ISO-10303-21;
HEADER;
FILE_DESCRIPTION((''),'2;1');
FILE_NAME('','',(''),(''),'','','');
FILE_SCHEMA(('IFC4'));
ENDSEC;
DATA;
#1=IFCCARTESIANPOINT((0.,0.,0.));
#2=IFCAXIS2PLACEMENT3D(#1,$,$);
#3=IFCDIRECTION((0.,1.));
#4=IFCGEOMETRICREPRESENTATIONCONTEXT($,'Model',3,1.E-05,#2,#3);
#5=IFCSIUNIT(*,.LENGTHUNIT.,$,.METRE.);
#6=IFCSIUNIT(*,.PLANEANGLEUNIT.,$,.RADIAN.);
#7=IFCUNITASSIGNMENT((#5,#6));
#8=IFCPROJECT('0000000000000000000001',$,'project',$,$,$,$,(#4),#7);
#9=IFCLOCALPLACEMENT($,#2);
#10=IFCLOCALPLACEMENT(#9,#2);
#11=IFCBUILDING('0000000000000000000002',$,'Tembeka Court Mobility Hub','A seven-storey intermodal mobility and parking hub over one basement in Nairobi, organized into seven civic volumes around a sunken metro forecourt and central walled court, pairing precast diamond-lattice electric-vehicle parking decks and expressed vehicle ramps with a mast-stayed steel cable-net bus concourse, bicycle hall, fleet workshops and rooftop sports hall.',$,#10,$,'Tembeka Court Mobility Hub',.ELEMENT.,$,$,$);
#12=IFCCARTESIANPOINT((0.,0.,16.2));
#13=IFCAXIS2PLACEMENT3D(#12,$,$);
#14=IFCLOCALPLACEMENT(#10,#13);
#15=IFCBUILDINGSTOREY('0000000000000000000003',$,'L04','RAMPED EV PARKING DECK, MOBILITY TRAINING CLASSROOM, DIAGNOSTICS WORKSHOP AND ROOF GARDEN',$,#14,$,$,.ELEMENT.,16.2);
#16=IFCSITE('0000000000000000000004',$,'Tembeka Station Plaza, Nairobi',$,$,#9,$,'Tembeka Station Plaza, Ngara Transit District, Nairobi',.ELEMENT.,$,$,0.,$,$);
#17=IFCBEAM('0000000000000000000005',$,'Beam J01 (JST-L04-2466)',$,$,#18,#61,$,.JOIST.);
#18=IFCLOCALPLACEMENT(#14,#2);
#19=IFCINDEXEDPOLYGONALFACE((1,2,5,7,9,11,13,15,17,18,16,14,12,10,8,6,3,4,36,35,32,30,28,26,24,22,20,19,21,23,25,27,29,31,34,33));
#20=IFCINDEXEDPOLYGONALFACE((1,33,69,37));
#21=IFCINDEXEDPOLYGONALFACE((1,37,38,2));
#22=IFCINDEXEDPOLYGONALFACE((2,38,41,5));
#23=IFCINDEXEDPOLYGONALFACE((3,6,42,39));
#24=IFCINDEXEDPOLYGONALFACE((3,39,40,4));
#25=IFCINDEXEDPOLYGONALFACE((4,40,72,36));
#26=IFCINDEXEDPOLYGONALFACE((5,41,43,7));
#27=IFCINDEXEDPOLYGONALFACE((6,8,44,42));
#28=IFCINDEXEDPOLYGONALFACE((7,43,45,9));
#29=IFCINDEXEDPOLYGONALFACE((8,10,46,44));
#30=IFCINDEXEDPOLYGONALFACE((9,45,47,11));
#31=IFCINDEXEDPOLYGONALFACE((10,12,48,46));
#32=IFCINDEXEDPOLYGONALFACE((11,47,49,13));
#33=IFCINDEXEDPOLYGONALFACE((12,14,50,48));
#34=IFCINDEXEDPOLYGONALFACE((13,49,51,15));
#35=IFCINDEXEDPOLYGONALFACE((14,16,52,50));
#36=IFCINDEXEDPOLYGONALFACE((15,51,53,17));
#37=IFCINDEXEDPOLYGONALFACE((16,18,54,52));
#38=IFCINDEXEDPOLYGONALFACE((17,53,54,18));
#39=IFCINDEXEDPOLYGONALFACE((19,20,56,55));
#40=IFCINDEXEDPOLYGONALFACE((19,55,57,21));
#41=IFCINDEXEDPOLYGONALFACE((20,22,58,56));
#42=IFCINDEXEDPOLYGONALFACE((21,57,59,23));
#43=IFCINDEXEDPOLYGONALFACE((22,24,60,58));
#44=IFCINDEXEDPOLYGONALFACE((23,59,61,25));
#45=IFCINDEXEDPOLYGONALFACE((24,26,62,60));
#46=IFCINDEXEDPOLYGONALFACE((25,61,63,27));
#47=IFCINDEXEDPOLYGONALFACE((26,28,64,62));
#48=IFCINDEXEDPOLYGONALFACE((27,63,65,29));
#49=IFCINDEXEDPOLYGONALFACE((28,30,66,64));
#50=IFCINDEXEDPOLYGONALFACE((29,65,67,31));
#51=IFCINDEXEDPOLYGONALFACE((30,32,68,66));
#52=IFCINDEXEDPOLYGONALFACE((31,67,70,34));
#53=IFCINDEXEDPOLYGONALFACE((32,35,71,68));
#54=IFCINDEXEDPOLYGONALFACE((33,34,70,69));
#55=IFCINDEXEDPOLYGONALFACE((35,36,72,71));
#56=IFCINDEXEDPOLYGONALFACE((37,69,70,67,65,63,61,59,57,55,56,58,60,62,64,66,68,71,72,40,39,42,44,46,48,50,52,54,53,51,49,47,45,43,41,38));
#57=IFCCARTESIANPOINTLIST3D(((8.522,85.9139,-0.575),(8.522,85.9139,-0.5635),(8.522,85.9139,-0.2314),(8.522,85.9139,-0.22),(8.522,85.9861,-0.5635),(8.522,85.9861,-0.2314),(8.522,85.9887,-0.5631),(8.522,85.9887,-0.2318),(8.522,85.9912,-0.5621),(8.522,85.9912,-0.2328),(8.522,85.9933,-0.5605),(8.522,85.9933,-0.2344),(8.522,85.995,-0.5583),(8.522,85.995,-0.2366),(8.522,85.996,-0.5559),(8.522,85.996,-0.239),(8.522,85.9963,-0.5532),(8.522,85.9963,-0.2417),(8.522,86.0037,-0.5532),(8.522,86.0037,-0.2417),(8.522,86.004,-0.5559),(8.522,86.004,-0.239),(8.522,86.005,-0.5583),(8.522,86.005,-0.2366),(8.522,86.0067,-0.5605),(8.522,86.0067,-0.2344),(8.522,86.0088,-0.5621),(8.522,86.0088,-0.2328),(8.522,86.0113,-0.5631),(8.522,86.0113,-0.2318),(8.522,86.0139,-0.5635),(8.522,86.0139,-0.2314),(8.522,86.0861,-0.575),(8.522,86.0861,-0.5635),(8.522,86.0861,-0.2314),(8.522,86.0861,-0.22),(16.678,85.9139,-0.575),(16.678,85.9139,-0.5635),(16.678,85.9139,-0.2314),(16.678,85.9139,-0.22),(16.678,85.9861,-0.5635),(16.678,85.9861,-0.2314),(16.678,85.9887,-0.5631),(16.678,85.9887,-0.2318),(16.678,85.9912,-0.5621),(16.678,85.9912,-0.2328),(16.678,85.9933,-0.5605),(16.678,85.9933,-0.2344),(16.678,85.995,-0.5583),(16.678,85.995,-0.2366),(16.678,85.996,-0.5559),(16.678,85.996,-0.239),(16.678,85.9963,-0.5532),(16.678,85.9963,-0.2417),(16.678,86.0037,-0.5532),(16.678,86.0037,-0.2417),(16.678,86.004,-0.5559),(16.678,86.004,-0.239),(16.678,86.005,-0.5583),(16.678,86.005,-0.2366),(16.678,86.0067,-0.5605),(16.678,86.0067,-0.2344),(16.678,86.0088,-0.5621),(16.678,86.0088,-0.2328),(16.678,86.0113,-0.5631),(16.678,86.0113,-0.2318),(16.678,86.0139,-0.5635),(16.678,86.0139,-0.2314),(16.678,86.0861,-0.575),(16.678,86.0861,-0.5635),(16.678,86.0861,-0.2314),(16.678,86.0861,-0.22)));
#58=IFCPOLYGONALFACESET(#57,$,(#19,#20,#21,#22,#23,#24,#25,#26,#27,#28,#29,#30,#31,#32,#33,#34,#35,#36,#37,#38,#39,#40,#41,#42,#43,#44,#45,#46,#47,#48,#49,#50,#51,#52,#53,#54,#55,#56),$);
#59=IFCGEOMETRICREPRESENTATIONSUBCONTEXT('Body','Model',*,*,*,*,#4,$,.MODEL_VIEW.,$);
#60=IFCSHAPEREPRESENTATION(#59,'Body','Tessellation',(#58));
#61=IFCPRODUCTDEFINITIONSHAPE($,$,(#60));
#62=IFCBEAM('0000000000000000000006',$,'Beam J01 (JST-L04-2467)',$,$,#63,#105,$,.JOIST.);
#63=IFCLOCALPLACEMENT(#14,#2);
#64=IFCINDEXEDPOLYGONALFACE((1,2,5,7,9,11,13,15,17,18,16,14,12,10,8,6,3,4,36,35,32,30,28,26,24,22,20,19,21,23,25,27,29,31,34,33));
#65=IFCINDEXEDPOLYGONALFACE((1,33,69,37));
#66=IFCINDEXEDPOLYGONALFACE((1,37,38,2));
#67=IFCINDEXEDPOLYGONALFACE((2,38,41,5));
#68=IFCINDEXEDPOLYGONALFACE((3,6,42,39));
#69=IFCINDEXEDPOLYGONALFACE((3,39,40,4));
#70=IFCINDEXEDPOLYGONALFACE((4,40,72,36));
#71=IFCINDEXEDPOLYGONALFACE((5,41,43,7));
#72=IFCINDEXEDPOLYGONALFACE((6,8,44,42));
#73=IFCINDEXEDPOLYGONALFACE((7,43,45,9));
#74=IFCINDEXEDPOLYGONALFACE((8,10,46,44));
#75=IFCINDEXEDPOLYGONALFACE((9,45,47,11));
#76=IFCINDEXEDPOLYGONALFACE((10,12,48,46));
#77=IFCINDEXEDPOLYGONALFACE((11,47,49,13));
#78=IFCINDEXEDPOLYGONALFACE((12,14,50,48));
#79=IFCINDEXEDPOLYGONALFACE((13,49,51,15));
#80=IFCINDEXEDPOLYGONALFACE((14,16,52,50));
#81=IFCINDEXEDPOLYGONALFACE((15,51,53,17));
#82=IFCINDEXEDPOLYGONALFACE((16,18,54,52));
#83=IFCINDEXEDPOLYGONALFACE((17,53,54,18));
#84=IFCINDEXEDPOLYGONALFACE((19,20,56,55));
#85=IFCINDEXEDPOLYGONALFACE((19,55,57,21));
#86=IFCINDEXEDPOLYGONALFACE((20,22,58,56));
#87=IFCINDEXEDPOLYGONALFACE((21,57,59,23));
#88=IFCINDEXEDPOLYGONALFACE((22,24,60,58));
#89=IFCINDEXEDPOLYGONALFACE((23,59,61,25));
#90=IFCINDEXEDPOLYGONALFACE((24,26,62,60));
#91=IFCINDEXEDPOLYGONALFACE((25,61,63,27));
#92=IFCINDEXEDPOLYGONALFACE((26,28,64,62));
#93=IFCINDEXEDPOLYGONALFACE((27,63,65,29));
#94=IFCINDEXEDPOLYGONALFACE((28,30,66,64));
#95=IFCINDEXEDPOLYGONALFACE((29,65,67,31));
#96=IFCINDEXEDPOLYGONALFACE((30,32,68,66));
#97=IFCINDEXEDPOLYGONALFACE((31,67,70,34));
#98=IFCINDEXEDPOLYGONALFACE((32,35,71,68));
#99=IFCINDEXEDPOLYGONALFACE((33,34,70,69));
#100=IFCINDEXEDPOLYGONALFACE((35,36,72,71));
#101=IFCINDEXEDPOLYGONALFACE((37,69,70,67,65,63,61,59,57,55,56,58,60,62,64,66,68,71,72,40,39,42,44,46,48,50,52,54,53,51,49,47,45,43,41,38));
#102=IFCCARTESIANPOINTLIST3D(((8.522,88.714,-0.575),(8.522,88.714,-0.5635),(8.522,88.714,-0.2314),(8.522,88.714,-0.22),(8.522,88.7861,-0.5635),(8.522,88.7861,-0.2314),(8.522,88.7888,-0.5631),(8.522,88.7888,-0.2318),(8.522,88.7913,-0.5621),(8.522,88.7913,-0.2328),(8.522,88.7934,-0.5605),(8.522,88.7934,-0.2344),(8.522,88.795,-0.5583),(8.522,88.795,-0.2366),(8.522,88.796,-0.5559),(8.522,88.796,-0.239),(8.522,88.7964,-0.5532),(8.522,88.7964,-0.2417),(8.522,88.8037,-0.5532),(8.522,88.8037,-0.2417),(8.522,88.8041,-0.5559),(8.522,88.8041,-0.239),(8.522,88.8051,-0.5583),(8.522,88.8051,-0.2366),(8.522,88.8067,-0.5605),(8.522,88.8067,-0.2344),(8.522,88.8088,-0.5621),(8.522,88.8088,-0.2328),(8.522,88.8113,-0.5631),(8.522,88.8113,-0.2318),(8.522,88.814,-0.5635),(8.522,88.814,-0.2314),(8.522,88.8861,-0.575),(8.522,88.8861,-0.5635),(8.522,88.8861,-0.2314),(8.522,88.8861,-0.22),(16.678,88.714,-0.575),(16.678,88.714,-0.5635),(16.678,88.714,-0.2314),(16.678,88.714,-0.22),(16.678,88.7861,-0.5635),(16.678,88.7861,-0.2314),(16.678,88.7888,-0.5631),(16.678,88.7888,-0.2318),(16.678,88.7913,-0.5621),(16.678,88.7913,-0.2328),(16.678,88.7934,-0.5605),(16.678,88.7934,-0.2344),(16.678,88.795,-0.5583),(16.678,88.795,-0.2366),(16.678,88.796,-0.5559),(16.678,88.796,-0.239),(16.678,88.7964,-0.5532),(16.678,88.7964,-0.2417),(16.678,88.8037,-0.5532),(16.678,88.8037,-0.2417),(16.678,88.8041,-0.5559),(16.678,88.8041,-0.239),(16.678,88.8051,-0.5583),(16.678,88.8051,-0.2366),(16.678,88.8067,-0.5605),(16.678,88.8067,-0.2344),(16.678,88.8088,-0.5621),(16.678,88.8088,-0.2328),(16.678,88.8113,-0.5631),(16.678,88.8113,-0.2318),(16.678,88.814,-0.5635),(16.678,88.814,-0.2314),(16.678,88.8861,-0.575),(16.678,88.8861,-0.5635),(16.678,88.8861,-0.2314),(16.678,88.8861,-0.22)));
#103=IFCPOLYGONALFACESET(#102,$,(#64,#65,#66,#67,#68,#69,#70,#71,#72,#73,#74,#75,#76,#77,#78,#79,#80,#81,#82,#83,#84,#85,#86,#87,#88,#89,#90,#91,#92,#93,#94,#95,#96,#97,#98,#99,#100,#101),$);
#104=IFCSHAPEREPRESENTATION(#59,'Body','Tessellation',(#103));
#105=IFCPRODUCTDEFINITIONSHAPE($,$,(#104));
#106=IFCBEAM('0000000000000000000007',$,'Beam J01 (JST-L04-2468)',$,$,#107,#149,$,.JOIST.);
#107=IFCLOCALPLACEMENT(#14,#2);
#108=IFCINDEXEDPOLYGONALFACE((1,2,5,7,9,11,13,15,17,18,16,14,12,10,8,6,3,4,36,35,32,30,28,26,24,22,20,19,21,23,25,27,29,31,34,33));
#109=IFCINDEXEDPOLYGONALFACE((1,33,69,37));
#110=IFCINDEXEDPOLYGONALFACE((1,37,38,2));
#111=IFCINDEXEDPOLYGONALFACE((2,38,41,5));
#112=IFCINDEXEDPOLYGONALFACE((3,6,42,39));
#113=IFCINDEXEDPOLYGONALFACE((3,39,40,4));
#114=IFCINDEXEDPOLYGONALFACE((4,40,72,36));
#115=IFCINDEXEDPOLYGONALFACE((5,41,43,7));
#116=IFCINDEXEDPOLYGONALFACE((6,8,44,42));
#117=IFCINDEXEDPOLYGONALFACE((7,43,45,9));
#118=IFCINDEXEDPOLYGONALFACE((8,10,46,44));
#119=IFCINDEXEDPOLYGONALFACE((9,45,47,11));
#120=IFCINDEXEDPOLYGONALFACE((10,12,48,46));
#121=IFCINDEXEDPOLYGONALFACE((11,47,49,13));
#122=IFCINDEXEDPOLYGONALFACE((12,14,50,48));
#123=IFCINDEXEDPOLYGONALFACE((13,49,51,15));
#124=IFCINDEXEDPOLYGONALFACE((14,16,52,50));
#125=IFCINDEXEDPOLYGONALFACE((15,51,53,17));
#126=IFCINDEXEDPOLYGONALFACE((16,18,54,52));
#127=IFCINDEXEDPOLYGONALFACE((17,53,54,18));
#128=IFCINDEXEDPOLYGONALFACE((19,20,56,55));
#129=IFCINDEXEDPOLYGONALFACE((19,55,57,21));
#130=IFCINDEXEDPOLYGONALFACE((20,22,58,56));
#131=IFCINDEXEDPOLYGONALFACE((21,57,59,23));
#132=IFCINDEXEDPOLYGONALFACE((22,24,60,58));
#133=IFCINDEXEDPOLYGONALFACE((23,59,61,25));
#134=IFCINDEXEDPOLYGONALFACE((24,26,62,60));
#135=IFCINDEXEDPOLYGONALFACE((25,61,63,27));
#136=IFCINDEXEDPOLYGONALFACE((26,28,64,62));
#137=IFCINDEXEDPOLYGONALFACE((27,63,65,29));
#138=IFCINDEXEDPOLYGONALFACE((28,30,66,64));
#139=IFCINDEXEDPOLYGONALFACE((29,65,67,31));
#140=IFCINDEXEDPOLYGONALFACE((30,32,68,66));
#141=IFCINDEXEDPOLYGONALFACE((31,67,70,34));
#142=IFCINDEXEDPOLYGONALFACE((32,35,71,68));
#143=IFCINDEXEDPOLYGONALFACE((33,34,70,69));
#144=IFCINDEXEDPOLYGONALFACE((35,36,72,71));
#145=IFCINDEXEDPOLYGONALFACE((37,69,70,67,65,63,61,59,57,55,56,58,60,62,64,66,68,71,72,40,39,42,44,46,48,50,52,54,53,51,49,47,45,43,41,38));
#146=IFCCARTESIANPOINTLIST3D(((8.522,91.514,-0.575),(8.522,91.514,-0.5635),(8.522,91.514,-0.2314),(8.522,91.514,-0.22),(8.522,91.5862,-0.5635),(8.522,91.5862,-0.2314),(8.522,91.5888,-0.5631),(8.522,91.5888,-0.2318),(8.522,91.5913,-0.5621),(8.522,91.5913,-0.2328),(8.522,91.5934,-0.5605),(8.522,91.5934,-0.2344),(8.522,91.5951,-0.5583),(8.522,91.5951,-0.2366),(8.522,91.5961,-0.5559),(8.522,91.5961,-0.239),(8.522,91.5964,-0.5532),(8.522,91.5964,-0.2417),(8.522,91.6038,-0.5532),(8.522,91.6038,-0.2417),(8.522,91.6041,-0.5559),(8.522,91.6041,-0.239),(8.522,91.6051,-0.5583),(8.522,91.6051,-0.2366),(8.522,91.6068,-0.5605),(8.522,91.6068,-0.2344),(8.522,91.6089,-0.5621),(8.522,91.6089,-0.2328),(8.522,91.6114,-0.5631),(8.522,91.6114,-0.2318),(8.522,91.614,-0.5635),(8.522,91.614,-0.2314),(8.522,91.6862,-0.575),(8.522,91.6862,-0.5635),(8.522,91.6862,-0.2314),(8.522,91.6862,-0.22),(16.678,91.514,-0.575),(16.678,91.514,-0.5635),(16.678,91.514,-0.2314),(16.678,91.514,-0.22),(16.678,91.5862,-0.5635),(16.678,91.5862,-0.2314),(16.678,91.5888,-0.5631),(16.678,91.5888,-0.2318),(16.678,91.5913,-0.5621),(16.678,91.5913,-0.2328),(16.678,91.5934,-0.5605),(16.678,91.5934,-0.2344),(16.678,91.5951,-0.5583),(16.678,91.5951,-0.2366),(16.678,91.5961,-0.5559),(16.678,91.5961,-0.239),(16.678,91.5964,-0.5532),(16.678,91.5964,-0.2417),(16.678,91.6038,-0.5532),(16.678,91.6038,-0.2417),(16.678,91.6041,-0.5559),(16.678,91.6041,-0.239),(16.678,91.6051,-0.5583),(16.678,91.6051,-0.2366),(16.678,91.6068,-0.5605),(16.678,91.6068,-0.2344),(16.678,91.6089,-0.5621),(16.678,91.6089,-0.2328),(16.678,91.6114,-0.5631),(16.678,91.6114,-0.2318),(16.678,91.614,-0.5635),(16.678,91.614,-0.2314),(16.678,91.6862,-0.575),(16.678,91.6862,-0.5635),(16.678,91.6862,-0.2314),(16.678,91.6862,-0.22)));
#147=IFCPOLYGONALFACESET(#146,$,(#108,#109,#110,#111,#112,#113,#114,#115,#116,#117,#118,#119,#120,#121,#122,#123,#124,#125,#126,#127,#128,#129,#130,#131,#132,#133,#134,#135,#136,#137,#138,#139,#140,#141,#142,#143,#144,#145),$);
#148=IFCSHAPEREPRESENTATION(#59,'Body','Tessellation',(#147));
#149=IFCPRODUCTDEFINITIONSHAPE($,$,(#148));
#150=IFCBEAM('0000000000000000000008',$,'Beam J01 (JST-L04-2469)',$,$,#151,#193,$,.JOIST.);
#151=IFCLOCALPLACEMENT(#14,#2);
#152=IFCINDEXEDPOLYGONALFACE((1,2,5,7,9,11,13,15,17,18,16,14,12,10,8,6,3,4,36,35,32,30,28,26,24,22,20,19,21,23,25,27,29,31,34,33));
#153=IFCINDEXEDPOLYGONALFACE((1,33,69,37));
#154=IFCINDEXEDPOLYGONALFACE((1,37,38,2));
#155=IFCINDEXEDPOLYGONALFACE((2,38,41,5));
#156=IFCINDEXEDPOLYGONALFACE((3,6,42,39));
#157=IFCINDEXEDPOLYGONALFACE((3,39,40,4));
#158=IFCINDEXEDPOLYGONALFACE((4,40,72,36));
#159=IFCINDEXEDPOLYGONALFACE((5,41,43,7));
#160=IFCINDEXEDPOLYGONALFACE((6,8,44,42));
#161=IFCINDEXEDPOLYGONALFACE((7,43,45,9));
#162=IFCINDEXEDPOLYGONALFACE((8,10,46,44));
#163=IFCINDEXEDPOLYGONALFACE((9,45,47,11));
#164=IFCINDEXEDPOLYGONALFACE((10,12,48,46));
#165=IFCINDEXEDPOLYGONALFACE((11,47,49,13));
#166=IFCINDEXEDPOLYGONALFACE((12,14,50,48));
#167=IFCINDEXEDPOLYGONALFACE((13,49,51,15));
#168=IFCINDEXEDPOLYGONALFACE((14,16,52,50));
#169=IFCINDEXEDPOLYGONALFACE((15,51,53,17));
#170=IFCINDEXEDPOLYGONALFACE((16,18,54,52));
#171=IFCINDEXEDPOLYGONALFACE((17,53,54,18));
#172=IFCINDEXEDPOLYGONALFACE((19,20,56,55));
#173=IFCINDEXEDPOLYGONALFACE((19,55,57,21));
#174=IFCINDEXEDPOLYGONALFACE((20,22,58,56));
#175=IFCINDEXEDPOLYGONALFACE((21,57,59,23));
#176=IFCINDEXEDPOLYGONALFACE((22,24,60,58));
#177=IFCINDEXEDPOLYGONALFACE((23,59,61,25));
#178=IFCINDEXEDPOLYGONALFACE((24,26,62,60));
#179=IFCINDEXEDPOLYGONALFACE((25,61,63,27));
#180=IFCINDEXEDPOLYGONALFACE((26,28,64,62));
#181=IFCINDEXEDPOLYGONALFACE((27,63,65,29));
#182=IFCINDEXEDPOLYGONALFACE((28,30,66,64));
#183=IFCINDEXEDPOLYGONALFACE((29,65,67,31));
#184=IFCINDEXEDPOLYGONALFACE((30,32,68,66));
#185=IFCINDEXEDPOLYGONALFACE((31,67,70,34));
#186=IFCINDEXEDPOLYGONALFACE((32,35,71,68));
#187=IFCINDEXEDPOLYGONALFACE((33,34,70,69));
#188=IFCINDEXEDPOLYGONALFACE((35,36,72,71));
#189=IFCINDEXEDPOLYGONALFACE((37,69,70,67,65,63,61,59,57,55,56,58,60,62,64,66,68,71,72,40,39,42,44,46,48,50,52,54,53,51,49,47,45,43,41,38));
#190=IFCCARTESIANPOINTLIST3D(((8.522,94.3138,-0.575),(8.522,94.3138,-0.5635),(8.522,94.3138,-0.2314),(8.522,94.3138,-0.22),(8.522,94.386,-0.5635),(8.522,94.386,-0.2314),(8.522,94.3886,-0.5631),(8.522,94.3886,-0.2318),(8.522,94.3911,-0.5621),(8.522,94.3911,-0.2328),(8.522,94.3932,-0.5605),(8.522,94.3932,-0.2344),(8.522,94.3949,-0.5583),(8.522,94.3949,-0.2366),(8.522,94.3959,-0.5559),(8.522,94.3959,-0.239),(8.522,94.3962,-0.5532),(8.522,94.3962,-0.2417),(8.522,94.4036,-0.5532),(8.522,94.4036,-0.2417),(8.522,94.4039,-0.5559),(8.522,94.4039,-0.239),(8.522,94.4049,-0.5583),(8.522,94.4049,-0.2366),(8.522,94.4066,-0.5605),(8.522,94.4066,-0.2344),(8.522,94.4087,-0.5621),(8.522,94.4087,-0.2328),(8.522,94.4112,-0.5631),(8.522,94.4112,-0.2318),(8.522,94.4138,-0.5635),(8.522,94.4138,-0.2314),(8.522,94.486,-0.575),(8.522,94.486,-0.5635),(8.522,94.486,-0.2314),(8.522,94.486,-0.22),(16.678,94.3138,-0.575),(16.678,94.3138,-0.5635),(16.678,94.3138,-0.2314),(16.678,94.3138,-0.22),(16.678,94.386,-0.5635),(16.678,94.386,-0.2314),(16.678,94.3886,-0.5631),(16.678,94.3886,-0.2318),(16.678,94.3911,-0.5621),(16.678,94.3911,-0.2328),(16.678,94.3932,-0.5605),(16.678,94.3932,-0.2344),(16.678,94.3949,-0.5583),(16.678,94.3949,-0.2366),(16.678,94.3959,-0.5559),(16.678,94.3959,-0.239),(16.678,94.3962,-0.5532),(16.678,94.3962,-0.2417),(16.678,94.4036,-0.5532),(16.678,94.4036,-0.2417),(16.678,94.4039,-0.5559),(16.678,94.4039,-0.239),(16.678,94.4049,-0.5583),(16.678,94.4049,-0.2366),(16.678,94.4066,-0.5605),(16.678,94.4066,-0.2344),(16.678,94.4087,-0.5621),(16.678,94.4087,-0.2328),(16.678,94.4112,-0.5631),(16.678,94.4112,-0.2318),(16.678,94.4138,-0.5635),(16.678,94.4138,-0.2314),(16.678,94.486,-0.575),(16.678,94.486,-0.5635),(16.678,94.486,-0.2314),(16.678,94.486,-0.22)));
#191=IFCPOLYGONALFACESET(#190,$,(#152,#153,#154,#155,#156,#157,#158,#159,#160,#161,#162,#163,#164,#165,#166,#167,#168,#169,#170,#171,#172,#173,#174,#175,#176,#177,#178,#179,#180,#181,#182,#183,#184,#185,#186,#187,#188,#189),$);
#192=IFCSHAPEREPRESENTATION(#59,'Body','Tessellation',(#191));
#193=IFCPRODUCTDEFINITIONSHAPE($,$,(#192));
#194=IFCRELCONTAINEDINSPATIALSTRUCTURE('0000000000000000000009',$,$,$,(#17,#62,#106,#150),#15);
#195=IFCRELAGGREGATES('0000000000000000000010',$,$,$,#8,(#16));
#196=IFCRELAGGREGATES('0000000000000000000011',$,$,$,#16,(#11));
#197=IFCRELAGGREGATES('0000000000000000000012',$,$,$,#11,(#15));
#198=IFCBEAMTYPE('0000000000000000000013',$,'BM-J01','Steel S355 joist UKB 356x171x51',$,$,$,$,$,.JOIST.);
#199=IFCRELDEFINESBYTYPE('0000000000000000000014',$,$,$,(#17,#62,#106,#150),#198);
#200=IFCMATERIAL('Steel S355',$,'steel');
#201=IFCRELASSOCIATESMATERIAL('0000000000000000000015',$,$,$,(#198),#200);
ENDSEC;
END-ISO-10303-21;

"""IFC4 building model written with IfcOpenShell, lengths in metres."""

from ifc_helpers import new_model, si_unit, direction, frame, origin, origin_2d, place, context, subcontext, project, spatial, i_section, extrude, material, material_profile, profile_set, type_object, element, save


model = new_model("IFC4")

# Units and contexts
model_context = context("Model", 3, precision=1e-05, world=origin(), true_north=direction((0.0, 1.0)))
body_context = subcontext(model_context, "Body", "Model", "MODEL_VIEW")
ifc_project = project(units=[si_unit("LENGTHUNIT", "METRE"), si_unit("PLANEANGLEUNIT", "RADIAN")], contexts=[model_context])

# Site, building, storey
site_placement = place(None, origin())
site = spatial("IfcSite", under=ifc_project, at=site_placement, Name="Tembeka Station Plaza, Nairobi", LongName="Tembeka Station Plaza, Ngara Transit District, Nairobi", CompositionType="ELEMENT", RefElevation=0.0)
building_placement = place(site_placement, origin())
building = spatial("IfcBuilding", under=site, at=building_placement, Name="Tembeka Court Mobility Hub", Description="A seven-storey intermodal mobility and parking hub over one basement in Nairobi, organized into seven civic volumes around a sunken metro forecourt and central walled court, pairing precast diamond-lattice electric-vehicle parking decks and expressed vehicle ramps with a mast-stayed steel cable-net bus concourse, bicycle hall, fleet workshops and rooftop sports hall.", LongName="Tembeka Court Mobility Hub", CompositionType="ELEMENT")
storey_placement = place(building_placement, frame((0.0, 0.0, 16.2)))
storey = spatial("IfcBuildingStorey", under=building, at=storey_placement, Name="L04", Description="RAMPED EV PARKING DECK, MOBILITY TRAINING CLASSROOM, DIAGNOSTICS WORKSHOP AND ROOF GARDEN", CompositionType="ELEMENT", Elevation=16.2)

# Shared definitions
ifc_material = material(Name="Steel S355", Category="steel")

# Beams
ifc_material_profile_1 = material_profile(ifc_material, i_section(OverallWidth=0.1721, OverallDepth=0.355, WebThickness=0.0073, FlangeThickness=0.0115, FilletRadius=0.0103, at=origin_2d()), Name="UKB 356x171x51")
ifc_profile_set_1 = profile_set([ifc_material_profile_1], Name="Steel S355")
beam_type_1 = type_object("IfcBeamType", Name="BM-J01", Description="Steel S355 joist UKB 356x171x51", PredefinedType="JOIST", material=ifc_profile_set_1)
for number, where, z_axis, x_axis, name in (
    (1, (8.522, 86.0, -0.3975), (1.0, 0.0, 0.0), (0.0, 1.0, 0.0), "Beam J01 (JST-L04-2466)"),
    (2, (8.522, 88.8, -0.3975), (1.0, 0.0, 0.0), (0.0, 1.0, 0.0), "Beam J01 (JST-L04-2467)"),
    (3, (8.522, 91.6001, -0.3975), (1.0, 0.0, 0.0), (0.0, 1.0, 0.0), "Beam J01 (JST-L04-2468)"),
    (4, (8.522, 94.3999, -0.3975), (1.0, 0.0, 0.0), (0.0, 1.0, 0.0), "Beam J01 (JST-L04-2469)"),
):
    element("IfcBeam", number, at=place(storey_placement, frame(where, z_axis=z_axis, x_axis=x_axis)), inside=storey, type_object=beam_type_1, Name=name, PredefinedType="JOIST", context=body_context, shape_type="SweptSolid", body=[
        extrude(i_section(OverallWidth=0.1721, OverallDepth=0.355, WebThickness=0.0073, FlangeThickness=0.0115, FilletRadius=0.0103, at=origin_2d()), origin(), (0.0, 0.0, 1.0), 8.156),
    ])

save(model, "model.ifc")
